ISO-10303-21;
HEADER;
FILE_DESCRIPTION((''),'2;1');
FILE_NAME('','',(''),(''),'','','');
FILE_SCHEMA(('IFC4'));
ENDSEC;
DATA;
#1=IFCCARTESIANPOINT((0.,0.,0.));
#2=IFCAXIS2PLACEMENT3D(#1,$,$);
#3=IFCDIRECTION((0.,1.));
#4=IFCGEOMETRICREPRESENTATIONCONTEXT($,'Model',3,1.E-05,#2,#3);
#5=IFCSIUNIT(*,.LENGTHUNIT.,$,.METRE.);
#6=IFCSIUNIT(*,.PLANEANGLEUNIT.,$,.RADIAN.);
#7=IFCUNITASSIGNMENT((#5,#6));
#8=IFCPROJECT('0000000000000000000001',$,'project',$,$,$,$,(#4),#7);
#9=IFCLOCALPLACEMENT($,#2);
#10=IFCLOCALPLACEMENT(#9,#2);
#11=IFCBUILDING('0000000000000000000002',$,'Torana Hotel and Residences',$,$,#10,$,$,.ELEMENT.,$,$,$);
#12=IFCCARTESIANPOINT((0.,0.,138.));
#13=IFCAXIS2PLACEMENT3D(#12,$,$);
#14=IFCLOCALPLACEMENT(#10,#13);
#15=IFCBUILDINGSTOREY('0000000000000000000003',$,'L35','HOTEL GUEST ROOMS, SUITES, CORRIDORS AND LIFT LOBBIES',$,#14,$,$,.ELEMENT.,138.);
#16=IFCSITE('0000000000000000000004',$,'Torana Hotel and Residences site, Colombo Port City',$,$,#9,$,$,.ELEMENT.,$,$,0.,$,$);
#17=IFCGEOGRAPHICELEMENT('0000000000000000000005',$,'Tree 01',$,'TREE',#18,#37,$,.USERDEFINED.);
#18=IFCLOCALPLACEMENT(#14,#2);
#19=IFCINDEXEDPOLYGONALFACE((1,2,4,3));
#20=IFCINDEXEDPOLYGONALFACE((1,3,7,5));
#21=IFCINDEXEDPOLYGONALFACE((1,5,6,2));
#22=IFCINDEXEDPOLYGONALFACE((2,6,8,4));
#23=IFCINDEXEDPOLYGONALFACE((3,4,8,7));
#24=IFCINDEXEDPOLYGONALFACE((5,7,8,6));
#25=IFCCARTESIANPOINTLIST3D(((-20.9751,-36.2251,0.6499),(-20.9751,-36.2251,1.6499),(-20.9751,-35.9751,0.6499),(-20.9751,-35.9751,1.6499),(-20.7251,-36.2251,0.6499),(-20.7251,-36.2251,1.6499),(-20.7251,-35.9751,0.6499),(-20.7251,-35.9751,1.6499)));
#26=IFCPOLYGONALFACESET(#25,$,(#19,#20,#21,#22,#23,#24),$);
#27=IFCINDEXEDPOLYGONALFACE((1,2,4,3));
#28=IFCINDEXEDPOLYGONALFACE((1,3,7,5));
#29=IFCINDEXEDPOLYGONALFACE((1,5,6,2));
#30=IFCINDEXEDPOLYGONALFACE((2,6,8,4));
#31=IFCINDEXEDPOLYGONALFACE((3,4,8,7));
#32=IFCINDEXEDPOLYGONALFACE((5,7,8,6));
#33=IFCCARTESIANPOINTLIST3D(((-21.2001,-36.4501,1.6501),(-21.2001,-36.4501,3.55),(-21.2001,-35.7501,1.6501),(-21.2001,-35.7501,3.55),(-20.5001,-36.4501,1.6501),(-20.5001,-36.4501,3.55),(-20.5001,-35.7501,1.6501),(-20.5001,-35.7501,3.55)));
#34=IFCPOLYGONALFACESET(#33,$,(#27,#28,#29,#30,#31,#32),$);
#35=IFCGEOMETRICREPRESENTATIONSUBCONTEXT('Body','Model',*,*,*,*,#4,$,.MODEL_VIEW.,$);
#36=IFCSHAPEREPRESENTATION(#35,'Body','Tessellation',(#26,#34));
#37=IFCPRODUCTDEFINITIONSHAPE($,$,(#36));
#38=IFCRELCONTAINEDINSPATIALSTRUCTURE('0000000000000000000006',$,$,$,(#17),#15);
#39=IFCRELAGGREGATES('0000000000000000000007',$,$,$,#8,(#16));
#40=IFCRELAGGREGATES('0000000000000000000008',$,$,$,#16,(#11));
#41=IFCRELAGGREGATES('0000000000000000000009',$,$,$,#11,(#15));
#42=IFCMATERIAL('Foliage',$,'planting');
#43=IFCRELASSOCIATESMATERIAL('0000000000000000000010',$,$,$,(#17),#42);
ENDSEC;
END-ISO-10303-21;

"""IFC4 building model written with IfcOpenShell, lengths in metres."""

from ifc_helpers import new_model, si_unit, direction, frame, origin, origin_2d, place, context, subcontext, project, spatial, rectangle, extrude, material, element, save


model = new_model("IFC4")

# Units and contexts
model_context = context("Model", 3, precision=1e-05, world=origin(), true_north=direction((0.0, 1.0)))
body_context = subcontext(model_context, "Body", "Model", "MODEL_VIEW")
ifc_project = project(units=[si_unit("LENGTHUNIT", "METRE"), si_unit("PLANEANGLEUNIT", "RADIAN")], contexts=[model_context])

# Site, building, storey
site_placement = place(None, origin())
site = spatial("IfcSite", under=ifc_project, at=site_placement, Name="Torana Hotel and Residences site, Colombo Port City", CompositionType="ELEMENT", RefElevation=0.0)
building_placement = place(site_placement, origin())
building = spatial("IfcBuilding", under=site, at=building_placement, Name="Torana Hotel and Residences", CompositionType="ELEMENT")
storey_placement = place(building_placement, frame((0.0, 0.0, 138.0)))
storey = spatial("IfcBuildingStorey", under=building, at=storey_placement, Name="L35", Description="HOTEL GUEST ROOMS, SUITES, CORRIDORS AND LIFT LOBBIES", CompositionType="ELEMENT", Elevation=138.0)

# Geographic element
ifc_material_1 = material(Name="Foliage", Category="planting")
geographic_element_placement = place(storey_placement, frame((-20.8501, -36.1001, 0.6499), z_axis=(0.0, 0.0, 1.0), x_axis=(1.0, 0.0, 0.0)))
element("IfcGeographicElement", 1, at=geographic_element_placement, inside=storey, material=ifc_material_1, Name="Tree 01", ObjectType="TREE", PredefinedType="USERDEFINED", context=body_context, shape_type="SweptSolid", body=[
    extrude(rectangle(XDim=0.25, YDim=0.25, at=origin_2d()), origin(), (0.0, 0.0, 1.0), 1.0),
    extrude(rectangle(XDim=0.7, YDim=0.7, at=origin_2d()), frame((0.0, 0.0, 1.0002)), (0.0, 0.0, 1.0), 1.8999),
])

save(model, "model.ifc")
